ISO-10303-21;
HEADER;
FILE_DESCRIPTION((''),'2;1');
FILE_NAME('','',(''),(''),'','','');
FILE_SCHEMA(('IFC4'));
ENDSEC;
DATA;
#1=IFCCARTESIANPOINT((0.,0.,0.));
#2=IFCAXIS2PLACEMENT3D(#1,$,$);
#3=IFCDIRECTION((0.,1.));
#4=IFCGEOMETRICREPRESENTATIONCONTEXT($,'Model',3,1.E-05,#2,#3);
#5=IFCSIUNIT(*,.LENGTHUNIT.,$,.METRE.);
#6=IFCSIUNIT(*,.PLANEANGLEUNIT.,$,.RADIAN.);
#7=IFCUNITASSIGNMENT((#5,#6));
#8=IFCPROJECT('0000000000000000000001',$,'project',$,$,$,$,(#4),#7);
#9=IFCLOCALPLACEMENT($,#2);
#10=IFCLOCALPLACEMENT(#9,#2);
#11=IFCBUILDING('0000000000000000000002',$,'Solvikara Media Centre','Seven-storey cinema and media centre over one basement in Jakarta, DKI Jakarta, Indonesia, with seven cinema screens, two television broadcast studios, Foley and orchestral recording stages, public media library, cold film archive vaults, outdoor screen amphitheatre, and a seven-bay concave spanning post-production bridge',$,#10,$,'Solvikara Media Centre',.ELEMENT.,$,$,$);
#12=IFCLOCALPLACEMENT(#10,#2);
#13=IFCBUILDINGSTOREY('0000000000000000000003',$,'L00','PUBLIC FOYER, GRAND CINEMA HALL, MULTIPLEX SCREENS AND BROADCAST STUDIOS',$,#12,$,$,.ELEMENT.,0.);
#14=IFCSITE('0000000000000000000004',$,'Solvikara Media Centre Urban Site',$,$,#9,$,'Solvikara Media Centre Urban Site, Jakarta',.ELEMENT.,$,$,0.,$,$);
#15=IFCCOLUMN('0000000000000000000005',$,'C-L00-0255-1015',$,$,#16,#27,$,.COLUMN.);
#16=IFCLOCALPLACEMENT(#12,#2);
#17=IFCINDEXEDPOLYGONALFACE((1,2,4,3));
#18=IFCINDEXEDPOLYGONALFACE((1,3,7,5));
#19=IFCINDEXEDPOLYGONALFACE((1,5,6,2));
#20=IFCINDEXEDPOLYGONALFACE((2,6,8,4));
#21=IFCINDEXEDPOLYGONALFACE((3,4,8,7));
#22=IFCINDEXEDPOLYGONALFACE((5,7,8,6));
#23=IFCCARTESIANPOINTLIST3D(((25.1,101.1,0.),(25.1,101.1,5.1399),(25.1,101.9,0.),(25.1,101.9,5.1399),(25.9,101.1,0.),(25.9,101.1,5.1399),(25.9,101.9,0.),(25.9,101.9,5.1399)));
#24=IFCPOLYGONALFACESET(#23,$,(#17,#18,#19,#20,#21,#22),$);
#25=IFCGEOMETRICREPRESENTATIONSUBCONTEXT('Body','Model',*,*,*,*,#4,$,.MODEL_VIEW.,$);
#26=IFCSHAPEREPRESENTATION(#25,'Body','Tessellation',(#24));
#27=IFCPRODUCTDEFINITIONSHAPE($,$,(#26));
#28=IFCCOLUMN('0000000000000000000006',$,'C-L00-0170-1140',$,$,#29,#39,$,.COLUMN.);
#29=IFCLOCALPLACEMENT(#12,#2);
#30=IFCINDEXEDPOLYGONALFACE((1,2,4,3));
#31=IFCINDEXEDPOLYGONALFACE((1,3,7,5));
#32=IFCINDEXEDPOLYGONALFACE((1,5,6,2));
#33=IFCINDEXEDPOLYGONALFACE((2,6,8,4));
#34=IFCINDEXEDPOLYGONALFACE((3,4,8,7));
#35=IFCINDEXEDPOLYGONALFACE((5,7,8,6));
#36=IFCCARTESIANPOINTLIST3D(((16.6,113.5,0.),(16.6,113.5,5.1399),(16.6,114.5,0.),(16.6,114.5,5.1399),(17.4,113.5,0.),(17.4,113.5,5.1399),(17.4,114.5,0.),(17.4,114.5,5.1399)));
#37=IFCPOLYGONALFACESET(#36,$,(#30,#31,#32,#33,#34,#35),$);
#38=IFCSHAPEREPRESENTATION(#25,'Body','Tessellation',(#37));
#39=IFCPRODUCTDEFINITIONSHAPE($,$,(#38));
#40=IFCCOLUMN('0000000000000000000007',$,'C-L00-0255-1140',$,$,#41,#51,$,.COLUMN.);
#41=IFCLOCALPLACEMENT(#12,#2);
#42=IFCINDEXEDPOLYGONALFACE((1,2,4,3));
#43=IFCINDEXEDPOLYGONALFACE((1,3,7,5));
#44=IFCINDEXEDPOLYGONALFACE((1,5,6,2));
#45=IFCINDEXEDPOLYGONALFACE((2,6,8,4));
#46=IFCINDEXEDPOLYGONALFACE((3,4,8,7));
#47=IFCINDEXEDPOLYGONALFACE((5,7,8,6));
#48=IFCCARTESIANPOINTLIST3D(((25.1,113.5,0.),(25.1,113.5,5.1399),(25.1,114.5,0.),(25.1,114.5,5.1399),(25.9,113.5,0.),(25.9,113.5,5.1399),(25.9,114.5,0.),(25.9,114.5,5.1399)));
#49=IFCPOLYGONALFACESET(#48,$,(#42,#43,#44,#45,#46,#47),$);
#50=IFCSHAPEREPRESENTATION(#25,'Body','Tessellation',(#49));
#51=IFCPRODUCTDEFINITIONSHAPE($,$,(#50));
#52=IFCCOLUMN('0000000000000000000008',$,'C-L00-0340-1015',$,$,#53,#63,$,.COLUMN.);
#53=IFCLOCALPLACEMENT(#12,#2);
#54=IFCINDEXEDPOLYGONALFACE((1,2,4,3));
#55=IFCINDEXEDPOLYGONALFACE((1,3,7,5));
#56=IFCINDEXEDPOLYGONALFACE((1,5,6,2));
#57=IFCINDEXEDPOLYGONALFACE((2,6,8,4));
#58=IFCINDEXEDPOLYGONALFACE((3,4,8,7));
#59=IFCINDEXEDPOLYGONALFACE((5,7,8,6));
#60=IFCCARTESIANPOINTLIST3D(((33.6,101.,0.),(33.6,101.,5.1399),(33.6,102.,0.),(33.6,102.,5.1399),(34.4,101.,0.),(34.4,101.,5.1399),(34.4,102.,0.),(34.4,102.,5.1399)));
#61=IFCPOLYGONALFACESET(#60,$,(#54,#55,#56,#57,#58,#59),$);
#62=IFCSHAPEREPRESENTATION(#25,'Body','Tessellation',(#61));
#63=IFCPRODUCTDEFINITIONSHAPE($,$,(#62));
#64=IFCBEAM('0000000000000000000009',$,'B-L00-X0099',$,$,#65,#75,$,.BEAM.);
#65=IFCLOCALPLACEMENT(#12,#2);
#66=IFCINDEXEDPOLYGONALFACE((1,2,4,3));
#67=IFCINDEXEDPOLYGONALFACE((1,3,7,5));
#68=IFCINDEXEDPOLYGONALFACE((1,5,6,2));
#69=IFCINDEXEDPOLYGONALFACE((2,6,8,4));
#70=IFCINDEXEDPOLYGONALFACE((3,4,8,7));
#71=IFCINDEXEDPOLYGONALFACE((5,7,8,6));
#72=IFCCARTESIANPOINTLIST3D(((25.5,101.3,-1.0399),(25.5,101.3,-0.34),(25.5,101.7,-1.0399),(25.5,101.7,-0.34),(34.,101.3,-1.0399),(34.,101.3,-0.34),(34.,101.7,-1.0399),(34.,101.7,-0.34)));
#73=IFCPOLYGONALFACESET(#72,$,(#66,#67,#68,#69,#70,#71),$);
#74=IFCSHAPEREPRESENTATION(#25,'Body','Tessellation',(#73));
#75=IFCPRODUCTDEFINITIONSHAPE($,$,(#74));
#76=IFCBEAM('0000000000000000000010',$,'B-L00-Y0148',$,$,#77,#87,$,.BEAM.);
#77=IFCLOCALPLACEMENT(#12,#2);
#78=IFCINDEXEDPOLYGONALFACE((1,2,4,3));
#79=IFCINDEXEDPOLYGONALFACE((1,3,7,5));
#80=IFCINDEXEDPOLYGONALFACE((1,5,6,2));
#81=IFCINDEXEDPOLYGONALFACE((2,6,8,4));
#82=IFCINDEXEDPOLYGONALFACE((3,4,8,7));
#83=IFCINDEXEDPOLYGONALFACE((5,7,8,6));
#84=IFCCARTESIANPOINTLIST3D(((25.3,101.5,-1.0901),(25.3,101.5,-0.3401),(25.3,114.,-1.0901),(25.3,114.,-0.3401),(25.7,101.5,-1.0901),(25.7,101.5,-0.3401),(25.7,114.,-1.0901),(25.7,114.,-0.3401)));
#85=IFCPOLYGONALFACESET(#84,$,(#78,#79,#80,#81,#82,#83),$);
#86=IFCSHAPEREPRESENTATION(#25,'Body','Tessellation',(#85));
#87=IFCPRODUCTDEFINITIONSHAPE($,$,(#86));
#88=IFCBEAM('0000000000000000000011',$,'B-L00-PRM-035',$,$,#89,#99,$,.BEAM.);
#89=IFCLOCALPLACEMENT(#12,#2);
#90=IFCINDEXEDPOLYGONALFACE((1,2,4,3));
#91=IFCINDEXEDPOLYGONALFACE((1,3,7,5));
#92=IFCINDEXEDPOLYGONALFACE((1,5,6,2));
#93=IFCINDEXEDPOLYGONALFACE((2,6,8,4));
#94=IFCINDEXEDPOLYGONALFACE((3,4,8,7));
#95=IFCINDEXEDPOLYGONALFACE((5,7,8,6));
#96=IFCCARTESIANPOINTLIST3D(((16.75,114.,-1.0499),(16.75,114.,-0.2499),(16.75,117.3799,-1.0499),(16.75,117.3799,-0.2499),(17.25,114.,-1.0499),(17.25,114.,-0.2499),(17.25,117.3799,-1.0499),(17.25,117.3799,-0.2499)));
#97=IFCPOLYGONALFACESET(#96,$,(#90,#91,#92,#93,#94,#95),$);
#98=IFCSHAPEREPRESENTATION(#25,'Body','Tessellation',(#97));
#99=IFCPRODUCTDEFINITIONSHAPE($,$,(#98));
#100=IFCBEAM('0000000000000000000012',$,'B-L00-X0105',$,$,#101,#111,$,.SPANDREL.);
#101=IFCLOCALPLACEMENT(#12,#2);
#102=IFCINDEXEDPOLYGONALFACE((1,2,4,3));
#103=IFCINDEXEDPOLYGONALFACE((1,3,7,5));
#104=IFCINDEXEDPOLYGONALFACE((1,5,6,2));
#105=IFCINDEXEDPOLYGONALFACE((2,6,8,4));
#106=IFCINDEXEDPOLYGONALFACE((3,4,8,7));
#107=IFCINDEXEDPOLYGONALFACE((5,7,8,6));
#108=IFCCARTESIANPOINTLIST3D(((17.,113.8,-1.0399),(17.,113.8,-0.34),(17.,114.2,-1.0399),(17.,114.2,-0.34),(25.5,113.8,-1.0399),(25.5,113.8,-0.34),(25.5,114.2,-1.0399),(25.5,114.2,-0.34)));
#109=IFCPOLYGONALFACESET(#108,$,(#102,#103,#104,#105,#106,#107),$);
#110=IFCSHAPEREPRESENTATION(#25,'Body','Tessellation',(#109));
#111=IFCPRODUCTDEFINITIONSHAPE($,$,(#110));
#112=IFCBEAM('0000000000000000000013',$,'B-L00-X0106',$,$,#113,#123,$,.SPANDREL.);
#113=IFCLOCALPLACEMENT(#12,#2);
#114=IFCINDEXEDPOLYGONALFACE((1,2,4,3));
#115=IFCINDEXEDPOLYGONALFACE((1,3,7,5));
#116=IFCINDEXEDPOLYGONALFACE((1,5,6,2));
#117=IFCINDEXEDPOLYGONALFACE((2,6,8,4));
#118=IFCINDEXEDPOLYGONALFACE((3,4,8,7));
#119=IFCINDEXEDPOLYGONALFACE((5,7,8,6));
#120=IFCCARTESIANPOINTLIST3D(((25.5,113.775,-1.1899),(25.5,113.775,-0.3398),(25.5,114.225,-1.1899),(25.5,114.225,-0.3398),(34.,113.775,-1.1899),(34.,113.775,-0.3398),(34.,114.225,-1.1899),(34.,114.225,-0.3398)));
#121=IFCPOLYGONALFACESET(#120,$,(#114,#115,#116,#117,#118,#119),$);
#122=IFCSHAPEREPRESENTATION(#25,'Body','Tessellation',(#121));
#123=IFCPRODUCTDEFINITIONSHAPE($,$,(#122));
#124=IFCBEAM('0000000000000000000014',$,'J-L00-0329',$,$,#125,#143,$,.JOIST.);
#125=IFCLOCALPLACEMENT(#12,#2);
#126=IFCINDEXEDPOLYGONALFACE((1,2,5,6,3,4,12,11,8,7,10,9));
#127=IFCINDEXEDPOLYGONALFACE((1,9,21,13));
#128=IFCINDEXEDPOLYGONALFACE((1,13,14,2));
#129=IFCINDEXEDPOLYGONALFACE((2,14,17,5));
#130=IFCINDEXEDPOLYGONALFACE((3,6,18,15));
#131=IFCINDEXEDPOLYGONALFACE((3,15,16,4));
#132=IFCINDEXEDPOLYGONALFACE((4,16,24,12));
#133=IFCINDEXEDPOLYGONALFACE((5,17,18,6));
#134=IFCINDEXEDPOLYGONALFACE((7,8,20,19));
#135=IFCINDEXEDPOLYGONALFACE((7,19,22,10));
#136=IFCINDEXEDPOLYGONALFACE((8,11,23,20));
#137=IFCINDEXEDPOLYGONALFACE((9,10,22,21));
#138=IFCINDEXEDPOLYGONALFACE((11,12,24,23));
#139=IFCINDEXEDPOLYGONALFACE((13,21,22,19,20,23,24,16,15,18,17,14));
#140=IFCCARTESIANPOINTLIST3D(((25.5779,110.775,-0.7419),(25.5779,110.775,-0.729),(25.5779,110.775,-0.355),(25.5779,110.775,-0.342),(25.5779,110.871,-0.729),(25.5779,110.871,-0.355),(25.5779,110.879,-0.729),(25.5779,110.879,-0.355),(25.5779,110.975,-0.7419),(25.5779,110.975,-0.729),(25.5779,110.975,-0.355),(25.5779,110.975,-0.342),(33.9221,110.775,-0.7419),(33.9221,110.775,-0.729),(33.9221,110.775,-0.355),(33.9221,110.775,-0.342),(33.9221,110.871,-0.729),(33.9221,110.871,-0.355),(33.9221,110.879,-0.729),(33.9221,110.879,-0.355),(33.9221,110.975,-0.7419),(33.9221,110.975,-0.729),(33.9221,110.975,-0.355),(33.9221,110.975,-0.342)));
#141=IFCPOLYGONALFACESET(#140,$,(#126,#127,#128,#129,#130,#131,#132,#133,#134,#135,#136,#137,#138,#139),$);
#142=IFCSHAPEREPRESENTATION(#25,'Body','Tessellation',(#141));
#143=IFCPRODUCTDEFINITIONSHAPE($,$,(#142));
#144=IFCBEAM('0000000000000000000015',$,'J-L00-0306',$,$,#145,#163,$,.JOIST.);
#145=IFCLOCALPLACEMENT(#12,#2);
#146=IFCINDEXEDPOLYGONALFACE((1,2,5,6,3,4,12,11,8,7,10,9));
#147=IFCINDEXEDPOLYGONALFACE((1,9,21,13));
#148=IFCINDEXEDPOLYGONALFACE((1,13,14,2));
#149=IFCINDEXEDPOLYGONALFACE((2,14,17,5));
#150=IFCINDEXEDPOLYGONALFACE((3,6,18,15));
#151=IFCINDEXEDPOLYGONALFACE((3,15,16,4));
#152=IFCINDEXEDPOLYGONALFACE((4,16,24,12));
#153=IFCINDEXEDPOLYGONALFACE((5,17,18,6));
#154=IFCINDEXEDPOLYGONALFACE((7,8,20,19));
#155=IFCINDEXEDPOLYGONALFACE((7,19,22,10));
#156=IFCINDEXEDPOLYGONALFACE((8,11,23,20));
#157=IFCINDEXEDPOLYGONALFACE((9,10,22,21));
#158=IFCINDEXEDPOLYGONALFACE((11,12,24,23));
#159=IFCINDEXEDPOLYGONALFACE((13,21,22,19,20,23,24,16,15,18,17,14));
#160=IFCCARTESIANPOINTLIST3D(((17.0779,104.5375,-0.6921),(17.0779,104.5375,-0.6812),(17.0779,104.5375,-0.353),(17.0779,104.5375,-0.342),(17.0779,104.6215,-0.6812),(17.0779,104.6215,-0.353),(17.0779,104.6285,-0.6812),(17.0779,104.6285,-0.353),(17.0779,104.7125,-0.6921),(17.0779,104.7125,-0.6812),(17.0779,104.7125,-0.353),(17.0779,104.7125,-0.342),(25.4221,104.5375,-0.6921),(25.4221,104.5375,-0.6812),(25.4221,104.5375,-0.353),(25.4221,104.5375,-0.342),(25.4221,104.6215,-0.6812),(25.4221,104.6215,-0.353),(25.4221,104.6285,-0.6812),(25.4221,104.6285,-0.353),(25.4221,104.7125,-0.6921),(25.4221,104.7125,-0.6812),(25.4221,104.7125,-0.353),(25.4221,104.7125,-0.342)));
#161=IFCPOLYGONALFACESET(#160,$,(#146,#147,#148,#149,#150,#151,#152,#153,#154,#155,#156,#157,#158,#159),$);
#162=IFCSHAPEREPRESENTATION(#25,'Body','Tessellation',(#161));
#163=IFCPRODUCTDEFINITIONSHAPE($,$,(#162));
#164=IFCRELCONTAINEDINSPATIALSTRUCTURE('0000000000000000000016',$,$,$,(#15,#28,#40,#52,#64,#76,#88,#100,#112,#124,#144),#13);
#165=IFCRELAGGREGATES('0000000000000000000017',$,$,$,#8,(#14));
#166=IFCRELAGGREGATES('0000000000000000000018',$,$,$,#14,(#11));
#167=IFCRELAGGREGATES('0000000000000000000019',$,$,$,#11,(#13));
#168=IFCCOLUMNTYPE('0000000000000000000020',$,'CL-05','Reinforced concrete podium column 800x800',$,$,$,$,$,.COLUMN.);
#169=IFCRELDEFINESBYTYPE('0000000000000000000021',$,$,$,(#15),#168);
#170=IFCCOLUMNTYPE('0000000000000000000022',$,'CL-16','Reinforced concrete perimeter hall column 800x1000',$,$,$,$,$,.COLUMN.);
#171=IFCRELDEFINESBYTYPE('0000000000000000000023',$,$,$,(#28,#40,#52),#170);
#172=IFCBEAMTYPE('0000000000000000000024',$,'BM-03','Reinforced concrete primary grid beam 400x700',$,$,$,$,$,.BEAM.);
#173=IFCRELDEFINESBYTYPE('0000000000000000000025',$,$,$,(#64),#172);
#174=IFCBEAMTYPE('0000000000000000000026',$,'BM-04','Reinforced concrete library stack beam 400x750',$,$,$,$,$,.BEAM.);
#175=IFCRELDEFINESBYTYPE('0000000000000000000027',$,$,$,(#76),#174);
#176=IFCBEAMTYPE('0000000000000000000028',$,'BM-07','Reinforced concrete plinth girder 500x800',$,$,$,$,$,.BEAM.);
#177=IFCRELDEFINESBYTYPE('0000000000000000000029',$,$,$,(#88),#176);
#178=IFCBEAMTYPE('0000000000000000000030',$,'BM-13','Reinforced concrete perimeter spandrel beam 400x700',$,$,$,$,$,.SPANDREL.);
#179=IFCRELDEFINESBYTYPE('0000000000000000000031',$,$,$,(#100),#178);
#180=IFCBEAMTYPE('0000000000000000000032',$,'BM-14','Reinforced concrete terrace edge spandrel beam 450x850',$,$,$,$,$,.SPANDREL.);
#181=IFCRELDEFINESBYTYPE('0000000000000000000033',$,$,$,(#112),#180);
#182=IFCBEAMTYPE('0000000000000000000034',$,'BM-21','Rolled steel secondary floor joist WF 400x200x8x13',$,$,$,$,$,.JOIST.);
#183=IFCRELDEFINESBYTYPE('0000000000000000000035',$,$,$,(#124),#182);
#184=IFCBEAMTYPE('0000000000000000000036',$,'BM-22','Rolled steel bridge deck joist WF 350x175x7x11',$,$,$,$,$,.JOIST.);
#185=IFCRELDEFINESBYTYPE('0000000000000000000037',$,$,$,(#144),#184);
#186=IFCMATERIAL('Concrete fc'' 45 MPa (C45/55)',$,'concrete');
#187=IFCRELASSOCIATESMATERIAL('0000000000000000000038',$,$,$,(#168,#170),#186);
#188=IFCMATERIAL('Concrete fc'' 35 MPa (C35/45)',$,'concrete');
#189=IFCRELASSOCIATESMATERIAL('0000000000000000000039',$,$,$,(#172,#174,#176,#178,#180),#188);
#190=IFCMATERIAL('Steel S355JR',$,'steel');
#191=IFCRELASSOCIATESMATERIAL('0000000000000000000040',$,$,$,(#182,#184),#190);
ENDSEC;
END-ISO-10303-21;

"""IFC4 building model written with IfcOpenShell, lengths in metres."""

from ifc_helpers import new_model, si_unit, direction, frame, origin, origin_2d, place, context, subcontext, project, spatial, rectangle, i_section, extrude, material, material_profile, profile_set, type_object, element, save


model = new_model("IFC4")

# Units and contexts
model_context = context("Model", 3, precision=1e-05, world=origin(), true_north=direction((0.0, 1.0)))
body_context = subcontext(model_context, "Body", "Model", "MODEL_VIEW")
ifc_project = project(units=[si_unit("LENGTHUNIT", "METRE"), si_unit("PLANEANGLEUNIT", "RADIAN")], contexts=[model_context])

# Site, building, storey
site_placement = place(None, origin())
site = spatial("IfcSite", under=ifc_project, at=site_placement, Name="Solvikara Media Centre Urban Site", LongName="Solvikara Media Centre Urban Site, Jakarta", CompositionType="ELEMENT", RefElevation=0.0)
building_placement = place(site_placement, origin())
building = spatial("IfcBuilding", under=site, at=building_placement, Name="Solvikara Media Centre", Description="Seven-storey cinema and media centre over one basement in Jakarta, DKI Jakarta, Indonesia, with seven cinema screens, two television broadcast studios, Foley and orchestral recording stages, public media library, cold film archive vaults, outdoor screen amphitheatre, and a seven-bay concave spanning post-production bridge", LongName="Solvikara Media Centre", CompositionType="ELEMENT")
storey_placement = place(building_placement, origin())
storey = spatial("IfcBuildingStorey", under=building, at=storey_placement, Name="L00", Description="PUBLIC FOYER, GRAND CINEMA HALL, MULTIPLEX SCREENS AND BROADCAST STUDIOS", CompositionType="ELEMENT", Elevation=0.0)

# Columns
ifc_material_1 = material(Name="Concrete fc' 45 MPa (C45/55)", Category="concrete")
ifc_material_profile_1 = material_profile(ifc_material_1, rectangle(XDim=0.8, YDim=0.8, at=origin_2d()), Name="RC 800x800")
ifc_profile_set_1 = profile_set([ifc_material_profile_1], Name="Concrete fc' 45 MPa (C45/55)")
column_type_1 = type_object("IfcColumnType", Name="CL-05", Description="Reinforced concrete podium column 800x800", PredefinedType="COLUMN", material=ifc_profile_set_1)
column_placement = place(storey_placement, frame((25.5, 101.5, 0.0), z_axis=(0.0, 0.0, 1.0), x_axis=(1.0, 0.0, 0.0)))
element("IfcColumn", 1, at=column_placement, inside=storey, type_object=column_type_1, Name="C-L00-0255-1015", PredefinedType="COLUMN", context=body_context, shape_type="SweptSolid", body=[
    extrude(rectangle(XDim=0.8, YDim=0.8, at=origin_2d()), origin(), (0.0, 0.0, 1.0), 5.1399),
])
ifc_material_profile_2 = material_profile(ifc_material_1, rectangle(XDim=0.8, YDim=1.0, at=origin_2d()), Name="RC 800x1000")
ifc_profile_set_2 = profile_set([ifc_material_profile_2], Name="Concrete fc' 45 MPa (C45/55)")
column_type_2 = type_object("IfcColumnType", Name="CL-16", Description="Reinforced concrete perimeter hall column 800x1000", PredefinedType="COLUMN", material=ifc_profile_set_2)
for number, where, z_axis, x_axis, name in (
    (2, (17.0, 114.0, 0.0), (0.0, 0.0, 1.0), (1.0, 0.0, 0.0), "C-L00-0170-1140"),
    (3, (25.5, 114.0, 0.0), (0.0, 0.0, 1.0), (1.0, 0.0, 0.0), "C-L00-0255-1140"),
    (4, (34.0, 101.5, 0.0), (0.0, 0.0, 1.0), (1.0, 0.0, 0.0), "C-L00-0340-1015"),
):
    element("IfcColumn", number, at=place(storey_placement, frame(where, z_axis=z_axis, x_axis=x_axis)), inside=storey, type_object=column_type_2, Name=name, PredefinedType="COLUMN", context=body_context, shape_type="SweptSolid", body=[
        extrude(rectangle(XDim=0.8, YDim=1.0, at=origin_2d()), origin(), (0.0, 0.0, 1.0), 5.1399),
    ])

# Beams
ifc_material_2 = material(Name="Concrete fc' 35 MPa (C35/45)", Category="concrete")
ifc_material_profile_3 = material_profile(ifc_material_2, rectangle(XDim=0.3999, YDim=0.7, at=origin_2d()), Name="RC 400x700")
ifc_profile_set_3 = profile_set([ifc_material_profile_3], Name="Concrete fc' 35 MPa (C35/45)")
beam_type_1 = type_object("IfcBeamType", Name="BM-03", Description="Reinforced concrete primary grid beam 400x700", PredefinedType="BEAM", material=ifc_profile_set_3)
beam_1_placement = place(storey_placement, frame((25.5, 101.5, -0.6899), z_axis=(1.0, 0.0, 0.0), x_axis=(0.0, 1.0, 0.0)))
element("IfcBeam", 5, at=beam_1_placement, inside=storey, type_object=beam_type_1, Name="B-L00-X0099", PredefinedType="BEAM", context=body_context, shape_type="SweptSolid", body=[
    extrude(rectangle(XDim=0.3999, YDim=0.7, at=origin_2d()), origin(), (0.0, 0.0, 1.0), 8.5),
])
ifc_material_profile_4 = material_profile(ifc_material_2, rectangle(XDim=0.3999, YDim=0.75, at=origin_2d()), Name="RC 400x750")
ifc_profile_set_4 = profile_set([ifc_material_profile_4], Name="Concrete fc' 35 MPa (C35/45)")
beam_type_2 = type_object("IfcBeamType", Name="BM-04", Description="Reinforced concrete library stack beam 400x750", PredefinedType="BEAM", material=ifc_profile_set_4)
beam_2_placement = place(storey_placement, frame((25.5, 101.5, -0.7151), z_axis=(0.0, 1.0, 0.0), x_axis=(-1.0, 0.0, 0.0)))
element("IfcBeam", 6, at=beam_2_placement, inside=storey, type_object=beam_type_2, Name="B-L00-Y0148", PredefinedType="BEAM", context=body_context, shape_type="SweptSolid", body=[
    extrude(rectangle(XDim=0.3999, YDim=0.75, at=origin_2d()), origin(), (0.0, 0.0, 1.0), 12.5),
])
ifc_material_profile_5 = material_profile(ifc_material_2, rectangle(XDim=0.5, YDim=0.8, at=origin_2d()), Name="RC 500x800")
ifc_profile_set_5 = profile_set([ifc_material_profile_5], Name="Concrete fc' 35 MPa (C35/45)")
beam_type_3 = type_object("IfcBeamType", Name="BM-07", Description="Reinforced concrete plinth girder 500x800", PredefinedType="BEAM", material=ifc_profile_set_5)
beam_3_placement = place(storey_placement, frame((17.0, 114.0, -0.6499), z_axis=(0.0, 1.0, 0.0), x_axis=(-1.0, 0.0, 0.0)))
element("IfcBeam", 7, at=beam_3_placement, inside=storey, type_object=beam_type_3, Name="B-L00-PRM-035", PredefinedType="BEAM", context=body_context, shape_type="SweptSolid", body=[
    extrude(rectangle(XDim=0.5, YDim=0.8, at=origin_2d()), origin(), (0.0, 0.0, 1.0), 3.3799),
])
ifc_material_profile_6 = material_profile(ifc_material_2, rectangle(XDim=0.3999, YDim=0.7, at=origin_2d()), Name="RC 400x700")
ifc_profile_set_6 = profile_set([ifc_material_profile_6], Name="Concrete fc' 35 MPa (C35/45)")
beam_type_4 = type_object("IfcBeamType", Name="BM-13", Description="Reinforced concrete perimeter spandrel beam 400x700", PredefinedType="SPANDREL", material=ifc_profile_set_6)
beam_4_placement = place(storey_placement, frame((17.0, 114.0, -0.6899), z_axis=(1.0, 0.0, 0.0), x_axis=(0.0, 1.0, 0.0)))
element("IfcBeam", 8, at=beam_4_placement, inside=storey, type_object=beam_type_4, Name="B-L00-X0105", PredefinedType="SPANDREL", context=body_context, shape_type="SweptSolid", body=[
    extrude(rectangle(XDim=0.3999, YDim=0.7, at=origin_2d()), origin(), (0.0, 0.0, 1.0), 8.5),
])
ifc_material_profile_7 = material_profile(ifc_material_2, rectangle(XDim=0.45, YDim=0.8501, at=origin_2d()), Name="RC 450x850")
ifc_profile_set_7 = profile_set([ifc_material_profile_7], Name="Concrete fc' 35 MPa (C35/45)")
beam_type_5 = type_object("IfcBeamType", Name="BM-14", Description="Reinforced concrete terrace edge spandrel beam 450x850", PredefinedType="SPANDREL", material=ifc_profile_set_7)
beam_5_placement = place(storey_placement, frame((25.5, 114.0, -0.7649), z_axis=(1.0, 0.0, 0.0), x_axis=(0.0, 1.0, 0.0)))
element("IfcBeam", 9, at=beam_5_placement, inside=storey, type_object=beam_type_5, Name="B-L00-X0106", PredefinedType="SPANDREL", context=body_context, shape_type="SweptSolid", body=[
    extrude(rectangle(XDim=0.45, YDim=0.8501, at=origin_2d()), origin(), (0.0, 0.0, 1.0), 8.5),
])
ifc_material_3 = material(Name="Steel S355JR", Category="steel")
ifc_material_profile_8 = material_profile(ifc_material_3, i_section(OverallWidth=0.2, OverallDepth=0.3999, WebThickness=0.0081, FlangeThickness=0.0129, at=origin_2d()), Name="WF 400x200x8x13")
ifc_profile_set_8 = profile_set([ifc_material_profile_8], Name="Steel S355JR")
beam_type_6 = type_object("IfcBeamType", Name="BM-21", Description="Rolled steel secondary floor joist WF 400x200x8x13", PredefinedType="JOIST", material=ifc_profile_set_8)
beam_6_placement = place(storey_placement, frame((25.5779, 110.875, -0.542), z_axis=(1.0, 0.0, 0.0), x_axis=(0.0, 1.0, 0.0)))
element("IfcBeam", 10, at=beam_6_placement, inside=storey, type_object=beam_type_6, Name="J-L00-0329", PredefinedType="JOIST", context=body_context, shape_type="SweptSolid", body=[
    extrude(i_section(OverallWidth=0.2, OverallDepth=0.3999, WebThickness=0.0081, FlangeThickness=0.0129, at=origin_2d()), origin(), (0.0, 0.0, 1.0), 8.3442),
])
ifc_material_profile_9 = material_profile(ifc_material_3, i_section(OverallWidth=0.175, OverallDepth=0.3501, WebThickness=0.0071, FlangeThickness=0.011, at=origin_2d()), Name="WF 350x175x7x11")
ifc_profile_set_9 = profile_set([ifc_material_profile_9], Name="Steel S355JR")
beam_type_7 = type_object("IfcBeamType", Name="BM-22", Description="Rolled steel bridge deck joist WF 350x175x7x11", PredefinedType="JOIST", material=ifc_profile_set_9)
beam_7_placement = place(storey_placement, frame((17.0779, 104.625, -0.5171), z_axis=(1.0, 0.0, 0.0), x_axis=(0.0, 1.0, 0.0)))
element("IfcBeam", 11, at=beam_7_placement, inside=storey, type_object=beam_type_7, Name="J-L00-0306", PredefinedType="JOIST", context=body_context, shape_type="SweptSolid", body=[
    extrude(i_section(OverallWidth=0.175, OverallDepth=0.3501, WebThickness=0.0071, FlangeThickness=0.011, at=origin_2d()), origin(), (0.0, 0.0, 1.0), 8.3442),
])

save(model, "model.ifc")
